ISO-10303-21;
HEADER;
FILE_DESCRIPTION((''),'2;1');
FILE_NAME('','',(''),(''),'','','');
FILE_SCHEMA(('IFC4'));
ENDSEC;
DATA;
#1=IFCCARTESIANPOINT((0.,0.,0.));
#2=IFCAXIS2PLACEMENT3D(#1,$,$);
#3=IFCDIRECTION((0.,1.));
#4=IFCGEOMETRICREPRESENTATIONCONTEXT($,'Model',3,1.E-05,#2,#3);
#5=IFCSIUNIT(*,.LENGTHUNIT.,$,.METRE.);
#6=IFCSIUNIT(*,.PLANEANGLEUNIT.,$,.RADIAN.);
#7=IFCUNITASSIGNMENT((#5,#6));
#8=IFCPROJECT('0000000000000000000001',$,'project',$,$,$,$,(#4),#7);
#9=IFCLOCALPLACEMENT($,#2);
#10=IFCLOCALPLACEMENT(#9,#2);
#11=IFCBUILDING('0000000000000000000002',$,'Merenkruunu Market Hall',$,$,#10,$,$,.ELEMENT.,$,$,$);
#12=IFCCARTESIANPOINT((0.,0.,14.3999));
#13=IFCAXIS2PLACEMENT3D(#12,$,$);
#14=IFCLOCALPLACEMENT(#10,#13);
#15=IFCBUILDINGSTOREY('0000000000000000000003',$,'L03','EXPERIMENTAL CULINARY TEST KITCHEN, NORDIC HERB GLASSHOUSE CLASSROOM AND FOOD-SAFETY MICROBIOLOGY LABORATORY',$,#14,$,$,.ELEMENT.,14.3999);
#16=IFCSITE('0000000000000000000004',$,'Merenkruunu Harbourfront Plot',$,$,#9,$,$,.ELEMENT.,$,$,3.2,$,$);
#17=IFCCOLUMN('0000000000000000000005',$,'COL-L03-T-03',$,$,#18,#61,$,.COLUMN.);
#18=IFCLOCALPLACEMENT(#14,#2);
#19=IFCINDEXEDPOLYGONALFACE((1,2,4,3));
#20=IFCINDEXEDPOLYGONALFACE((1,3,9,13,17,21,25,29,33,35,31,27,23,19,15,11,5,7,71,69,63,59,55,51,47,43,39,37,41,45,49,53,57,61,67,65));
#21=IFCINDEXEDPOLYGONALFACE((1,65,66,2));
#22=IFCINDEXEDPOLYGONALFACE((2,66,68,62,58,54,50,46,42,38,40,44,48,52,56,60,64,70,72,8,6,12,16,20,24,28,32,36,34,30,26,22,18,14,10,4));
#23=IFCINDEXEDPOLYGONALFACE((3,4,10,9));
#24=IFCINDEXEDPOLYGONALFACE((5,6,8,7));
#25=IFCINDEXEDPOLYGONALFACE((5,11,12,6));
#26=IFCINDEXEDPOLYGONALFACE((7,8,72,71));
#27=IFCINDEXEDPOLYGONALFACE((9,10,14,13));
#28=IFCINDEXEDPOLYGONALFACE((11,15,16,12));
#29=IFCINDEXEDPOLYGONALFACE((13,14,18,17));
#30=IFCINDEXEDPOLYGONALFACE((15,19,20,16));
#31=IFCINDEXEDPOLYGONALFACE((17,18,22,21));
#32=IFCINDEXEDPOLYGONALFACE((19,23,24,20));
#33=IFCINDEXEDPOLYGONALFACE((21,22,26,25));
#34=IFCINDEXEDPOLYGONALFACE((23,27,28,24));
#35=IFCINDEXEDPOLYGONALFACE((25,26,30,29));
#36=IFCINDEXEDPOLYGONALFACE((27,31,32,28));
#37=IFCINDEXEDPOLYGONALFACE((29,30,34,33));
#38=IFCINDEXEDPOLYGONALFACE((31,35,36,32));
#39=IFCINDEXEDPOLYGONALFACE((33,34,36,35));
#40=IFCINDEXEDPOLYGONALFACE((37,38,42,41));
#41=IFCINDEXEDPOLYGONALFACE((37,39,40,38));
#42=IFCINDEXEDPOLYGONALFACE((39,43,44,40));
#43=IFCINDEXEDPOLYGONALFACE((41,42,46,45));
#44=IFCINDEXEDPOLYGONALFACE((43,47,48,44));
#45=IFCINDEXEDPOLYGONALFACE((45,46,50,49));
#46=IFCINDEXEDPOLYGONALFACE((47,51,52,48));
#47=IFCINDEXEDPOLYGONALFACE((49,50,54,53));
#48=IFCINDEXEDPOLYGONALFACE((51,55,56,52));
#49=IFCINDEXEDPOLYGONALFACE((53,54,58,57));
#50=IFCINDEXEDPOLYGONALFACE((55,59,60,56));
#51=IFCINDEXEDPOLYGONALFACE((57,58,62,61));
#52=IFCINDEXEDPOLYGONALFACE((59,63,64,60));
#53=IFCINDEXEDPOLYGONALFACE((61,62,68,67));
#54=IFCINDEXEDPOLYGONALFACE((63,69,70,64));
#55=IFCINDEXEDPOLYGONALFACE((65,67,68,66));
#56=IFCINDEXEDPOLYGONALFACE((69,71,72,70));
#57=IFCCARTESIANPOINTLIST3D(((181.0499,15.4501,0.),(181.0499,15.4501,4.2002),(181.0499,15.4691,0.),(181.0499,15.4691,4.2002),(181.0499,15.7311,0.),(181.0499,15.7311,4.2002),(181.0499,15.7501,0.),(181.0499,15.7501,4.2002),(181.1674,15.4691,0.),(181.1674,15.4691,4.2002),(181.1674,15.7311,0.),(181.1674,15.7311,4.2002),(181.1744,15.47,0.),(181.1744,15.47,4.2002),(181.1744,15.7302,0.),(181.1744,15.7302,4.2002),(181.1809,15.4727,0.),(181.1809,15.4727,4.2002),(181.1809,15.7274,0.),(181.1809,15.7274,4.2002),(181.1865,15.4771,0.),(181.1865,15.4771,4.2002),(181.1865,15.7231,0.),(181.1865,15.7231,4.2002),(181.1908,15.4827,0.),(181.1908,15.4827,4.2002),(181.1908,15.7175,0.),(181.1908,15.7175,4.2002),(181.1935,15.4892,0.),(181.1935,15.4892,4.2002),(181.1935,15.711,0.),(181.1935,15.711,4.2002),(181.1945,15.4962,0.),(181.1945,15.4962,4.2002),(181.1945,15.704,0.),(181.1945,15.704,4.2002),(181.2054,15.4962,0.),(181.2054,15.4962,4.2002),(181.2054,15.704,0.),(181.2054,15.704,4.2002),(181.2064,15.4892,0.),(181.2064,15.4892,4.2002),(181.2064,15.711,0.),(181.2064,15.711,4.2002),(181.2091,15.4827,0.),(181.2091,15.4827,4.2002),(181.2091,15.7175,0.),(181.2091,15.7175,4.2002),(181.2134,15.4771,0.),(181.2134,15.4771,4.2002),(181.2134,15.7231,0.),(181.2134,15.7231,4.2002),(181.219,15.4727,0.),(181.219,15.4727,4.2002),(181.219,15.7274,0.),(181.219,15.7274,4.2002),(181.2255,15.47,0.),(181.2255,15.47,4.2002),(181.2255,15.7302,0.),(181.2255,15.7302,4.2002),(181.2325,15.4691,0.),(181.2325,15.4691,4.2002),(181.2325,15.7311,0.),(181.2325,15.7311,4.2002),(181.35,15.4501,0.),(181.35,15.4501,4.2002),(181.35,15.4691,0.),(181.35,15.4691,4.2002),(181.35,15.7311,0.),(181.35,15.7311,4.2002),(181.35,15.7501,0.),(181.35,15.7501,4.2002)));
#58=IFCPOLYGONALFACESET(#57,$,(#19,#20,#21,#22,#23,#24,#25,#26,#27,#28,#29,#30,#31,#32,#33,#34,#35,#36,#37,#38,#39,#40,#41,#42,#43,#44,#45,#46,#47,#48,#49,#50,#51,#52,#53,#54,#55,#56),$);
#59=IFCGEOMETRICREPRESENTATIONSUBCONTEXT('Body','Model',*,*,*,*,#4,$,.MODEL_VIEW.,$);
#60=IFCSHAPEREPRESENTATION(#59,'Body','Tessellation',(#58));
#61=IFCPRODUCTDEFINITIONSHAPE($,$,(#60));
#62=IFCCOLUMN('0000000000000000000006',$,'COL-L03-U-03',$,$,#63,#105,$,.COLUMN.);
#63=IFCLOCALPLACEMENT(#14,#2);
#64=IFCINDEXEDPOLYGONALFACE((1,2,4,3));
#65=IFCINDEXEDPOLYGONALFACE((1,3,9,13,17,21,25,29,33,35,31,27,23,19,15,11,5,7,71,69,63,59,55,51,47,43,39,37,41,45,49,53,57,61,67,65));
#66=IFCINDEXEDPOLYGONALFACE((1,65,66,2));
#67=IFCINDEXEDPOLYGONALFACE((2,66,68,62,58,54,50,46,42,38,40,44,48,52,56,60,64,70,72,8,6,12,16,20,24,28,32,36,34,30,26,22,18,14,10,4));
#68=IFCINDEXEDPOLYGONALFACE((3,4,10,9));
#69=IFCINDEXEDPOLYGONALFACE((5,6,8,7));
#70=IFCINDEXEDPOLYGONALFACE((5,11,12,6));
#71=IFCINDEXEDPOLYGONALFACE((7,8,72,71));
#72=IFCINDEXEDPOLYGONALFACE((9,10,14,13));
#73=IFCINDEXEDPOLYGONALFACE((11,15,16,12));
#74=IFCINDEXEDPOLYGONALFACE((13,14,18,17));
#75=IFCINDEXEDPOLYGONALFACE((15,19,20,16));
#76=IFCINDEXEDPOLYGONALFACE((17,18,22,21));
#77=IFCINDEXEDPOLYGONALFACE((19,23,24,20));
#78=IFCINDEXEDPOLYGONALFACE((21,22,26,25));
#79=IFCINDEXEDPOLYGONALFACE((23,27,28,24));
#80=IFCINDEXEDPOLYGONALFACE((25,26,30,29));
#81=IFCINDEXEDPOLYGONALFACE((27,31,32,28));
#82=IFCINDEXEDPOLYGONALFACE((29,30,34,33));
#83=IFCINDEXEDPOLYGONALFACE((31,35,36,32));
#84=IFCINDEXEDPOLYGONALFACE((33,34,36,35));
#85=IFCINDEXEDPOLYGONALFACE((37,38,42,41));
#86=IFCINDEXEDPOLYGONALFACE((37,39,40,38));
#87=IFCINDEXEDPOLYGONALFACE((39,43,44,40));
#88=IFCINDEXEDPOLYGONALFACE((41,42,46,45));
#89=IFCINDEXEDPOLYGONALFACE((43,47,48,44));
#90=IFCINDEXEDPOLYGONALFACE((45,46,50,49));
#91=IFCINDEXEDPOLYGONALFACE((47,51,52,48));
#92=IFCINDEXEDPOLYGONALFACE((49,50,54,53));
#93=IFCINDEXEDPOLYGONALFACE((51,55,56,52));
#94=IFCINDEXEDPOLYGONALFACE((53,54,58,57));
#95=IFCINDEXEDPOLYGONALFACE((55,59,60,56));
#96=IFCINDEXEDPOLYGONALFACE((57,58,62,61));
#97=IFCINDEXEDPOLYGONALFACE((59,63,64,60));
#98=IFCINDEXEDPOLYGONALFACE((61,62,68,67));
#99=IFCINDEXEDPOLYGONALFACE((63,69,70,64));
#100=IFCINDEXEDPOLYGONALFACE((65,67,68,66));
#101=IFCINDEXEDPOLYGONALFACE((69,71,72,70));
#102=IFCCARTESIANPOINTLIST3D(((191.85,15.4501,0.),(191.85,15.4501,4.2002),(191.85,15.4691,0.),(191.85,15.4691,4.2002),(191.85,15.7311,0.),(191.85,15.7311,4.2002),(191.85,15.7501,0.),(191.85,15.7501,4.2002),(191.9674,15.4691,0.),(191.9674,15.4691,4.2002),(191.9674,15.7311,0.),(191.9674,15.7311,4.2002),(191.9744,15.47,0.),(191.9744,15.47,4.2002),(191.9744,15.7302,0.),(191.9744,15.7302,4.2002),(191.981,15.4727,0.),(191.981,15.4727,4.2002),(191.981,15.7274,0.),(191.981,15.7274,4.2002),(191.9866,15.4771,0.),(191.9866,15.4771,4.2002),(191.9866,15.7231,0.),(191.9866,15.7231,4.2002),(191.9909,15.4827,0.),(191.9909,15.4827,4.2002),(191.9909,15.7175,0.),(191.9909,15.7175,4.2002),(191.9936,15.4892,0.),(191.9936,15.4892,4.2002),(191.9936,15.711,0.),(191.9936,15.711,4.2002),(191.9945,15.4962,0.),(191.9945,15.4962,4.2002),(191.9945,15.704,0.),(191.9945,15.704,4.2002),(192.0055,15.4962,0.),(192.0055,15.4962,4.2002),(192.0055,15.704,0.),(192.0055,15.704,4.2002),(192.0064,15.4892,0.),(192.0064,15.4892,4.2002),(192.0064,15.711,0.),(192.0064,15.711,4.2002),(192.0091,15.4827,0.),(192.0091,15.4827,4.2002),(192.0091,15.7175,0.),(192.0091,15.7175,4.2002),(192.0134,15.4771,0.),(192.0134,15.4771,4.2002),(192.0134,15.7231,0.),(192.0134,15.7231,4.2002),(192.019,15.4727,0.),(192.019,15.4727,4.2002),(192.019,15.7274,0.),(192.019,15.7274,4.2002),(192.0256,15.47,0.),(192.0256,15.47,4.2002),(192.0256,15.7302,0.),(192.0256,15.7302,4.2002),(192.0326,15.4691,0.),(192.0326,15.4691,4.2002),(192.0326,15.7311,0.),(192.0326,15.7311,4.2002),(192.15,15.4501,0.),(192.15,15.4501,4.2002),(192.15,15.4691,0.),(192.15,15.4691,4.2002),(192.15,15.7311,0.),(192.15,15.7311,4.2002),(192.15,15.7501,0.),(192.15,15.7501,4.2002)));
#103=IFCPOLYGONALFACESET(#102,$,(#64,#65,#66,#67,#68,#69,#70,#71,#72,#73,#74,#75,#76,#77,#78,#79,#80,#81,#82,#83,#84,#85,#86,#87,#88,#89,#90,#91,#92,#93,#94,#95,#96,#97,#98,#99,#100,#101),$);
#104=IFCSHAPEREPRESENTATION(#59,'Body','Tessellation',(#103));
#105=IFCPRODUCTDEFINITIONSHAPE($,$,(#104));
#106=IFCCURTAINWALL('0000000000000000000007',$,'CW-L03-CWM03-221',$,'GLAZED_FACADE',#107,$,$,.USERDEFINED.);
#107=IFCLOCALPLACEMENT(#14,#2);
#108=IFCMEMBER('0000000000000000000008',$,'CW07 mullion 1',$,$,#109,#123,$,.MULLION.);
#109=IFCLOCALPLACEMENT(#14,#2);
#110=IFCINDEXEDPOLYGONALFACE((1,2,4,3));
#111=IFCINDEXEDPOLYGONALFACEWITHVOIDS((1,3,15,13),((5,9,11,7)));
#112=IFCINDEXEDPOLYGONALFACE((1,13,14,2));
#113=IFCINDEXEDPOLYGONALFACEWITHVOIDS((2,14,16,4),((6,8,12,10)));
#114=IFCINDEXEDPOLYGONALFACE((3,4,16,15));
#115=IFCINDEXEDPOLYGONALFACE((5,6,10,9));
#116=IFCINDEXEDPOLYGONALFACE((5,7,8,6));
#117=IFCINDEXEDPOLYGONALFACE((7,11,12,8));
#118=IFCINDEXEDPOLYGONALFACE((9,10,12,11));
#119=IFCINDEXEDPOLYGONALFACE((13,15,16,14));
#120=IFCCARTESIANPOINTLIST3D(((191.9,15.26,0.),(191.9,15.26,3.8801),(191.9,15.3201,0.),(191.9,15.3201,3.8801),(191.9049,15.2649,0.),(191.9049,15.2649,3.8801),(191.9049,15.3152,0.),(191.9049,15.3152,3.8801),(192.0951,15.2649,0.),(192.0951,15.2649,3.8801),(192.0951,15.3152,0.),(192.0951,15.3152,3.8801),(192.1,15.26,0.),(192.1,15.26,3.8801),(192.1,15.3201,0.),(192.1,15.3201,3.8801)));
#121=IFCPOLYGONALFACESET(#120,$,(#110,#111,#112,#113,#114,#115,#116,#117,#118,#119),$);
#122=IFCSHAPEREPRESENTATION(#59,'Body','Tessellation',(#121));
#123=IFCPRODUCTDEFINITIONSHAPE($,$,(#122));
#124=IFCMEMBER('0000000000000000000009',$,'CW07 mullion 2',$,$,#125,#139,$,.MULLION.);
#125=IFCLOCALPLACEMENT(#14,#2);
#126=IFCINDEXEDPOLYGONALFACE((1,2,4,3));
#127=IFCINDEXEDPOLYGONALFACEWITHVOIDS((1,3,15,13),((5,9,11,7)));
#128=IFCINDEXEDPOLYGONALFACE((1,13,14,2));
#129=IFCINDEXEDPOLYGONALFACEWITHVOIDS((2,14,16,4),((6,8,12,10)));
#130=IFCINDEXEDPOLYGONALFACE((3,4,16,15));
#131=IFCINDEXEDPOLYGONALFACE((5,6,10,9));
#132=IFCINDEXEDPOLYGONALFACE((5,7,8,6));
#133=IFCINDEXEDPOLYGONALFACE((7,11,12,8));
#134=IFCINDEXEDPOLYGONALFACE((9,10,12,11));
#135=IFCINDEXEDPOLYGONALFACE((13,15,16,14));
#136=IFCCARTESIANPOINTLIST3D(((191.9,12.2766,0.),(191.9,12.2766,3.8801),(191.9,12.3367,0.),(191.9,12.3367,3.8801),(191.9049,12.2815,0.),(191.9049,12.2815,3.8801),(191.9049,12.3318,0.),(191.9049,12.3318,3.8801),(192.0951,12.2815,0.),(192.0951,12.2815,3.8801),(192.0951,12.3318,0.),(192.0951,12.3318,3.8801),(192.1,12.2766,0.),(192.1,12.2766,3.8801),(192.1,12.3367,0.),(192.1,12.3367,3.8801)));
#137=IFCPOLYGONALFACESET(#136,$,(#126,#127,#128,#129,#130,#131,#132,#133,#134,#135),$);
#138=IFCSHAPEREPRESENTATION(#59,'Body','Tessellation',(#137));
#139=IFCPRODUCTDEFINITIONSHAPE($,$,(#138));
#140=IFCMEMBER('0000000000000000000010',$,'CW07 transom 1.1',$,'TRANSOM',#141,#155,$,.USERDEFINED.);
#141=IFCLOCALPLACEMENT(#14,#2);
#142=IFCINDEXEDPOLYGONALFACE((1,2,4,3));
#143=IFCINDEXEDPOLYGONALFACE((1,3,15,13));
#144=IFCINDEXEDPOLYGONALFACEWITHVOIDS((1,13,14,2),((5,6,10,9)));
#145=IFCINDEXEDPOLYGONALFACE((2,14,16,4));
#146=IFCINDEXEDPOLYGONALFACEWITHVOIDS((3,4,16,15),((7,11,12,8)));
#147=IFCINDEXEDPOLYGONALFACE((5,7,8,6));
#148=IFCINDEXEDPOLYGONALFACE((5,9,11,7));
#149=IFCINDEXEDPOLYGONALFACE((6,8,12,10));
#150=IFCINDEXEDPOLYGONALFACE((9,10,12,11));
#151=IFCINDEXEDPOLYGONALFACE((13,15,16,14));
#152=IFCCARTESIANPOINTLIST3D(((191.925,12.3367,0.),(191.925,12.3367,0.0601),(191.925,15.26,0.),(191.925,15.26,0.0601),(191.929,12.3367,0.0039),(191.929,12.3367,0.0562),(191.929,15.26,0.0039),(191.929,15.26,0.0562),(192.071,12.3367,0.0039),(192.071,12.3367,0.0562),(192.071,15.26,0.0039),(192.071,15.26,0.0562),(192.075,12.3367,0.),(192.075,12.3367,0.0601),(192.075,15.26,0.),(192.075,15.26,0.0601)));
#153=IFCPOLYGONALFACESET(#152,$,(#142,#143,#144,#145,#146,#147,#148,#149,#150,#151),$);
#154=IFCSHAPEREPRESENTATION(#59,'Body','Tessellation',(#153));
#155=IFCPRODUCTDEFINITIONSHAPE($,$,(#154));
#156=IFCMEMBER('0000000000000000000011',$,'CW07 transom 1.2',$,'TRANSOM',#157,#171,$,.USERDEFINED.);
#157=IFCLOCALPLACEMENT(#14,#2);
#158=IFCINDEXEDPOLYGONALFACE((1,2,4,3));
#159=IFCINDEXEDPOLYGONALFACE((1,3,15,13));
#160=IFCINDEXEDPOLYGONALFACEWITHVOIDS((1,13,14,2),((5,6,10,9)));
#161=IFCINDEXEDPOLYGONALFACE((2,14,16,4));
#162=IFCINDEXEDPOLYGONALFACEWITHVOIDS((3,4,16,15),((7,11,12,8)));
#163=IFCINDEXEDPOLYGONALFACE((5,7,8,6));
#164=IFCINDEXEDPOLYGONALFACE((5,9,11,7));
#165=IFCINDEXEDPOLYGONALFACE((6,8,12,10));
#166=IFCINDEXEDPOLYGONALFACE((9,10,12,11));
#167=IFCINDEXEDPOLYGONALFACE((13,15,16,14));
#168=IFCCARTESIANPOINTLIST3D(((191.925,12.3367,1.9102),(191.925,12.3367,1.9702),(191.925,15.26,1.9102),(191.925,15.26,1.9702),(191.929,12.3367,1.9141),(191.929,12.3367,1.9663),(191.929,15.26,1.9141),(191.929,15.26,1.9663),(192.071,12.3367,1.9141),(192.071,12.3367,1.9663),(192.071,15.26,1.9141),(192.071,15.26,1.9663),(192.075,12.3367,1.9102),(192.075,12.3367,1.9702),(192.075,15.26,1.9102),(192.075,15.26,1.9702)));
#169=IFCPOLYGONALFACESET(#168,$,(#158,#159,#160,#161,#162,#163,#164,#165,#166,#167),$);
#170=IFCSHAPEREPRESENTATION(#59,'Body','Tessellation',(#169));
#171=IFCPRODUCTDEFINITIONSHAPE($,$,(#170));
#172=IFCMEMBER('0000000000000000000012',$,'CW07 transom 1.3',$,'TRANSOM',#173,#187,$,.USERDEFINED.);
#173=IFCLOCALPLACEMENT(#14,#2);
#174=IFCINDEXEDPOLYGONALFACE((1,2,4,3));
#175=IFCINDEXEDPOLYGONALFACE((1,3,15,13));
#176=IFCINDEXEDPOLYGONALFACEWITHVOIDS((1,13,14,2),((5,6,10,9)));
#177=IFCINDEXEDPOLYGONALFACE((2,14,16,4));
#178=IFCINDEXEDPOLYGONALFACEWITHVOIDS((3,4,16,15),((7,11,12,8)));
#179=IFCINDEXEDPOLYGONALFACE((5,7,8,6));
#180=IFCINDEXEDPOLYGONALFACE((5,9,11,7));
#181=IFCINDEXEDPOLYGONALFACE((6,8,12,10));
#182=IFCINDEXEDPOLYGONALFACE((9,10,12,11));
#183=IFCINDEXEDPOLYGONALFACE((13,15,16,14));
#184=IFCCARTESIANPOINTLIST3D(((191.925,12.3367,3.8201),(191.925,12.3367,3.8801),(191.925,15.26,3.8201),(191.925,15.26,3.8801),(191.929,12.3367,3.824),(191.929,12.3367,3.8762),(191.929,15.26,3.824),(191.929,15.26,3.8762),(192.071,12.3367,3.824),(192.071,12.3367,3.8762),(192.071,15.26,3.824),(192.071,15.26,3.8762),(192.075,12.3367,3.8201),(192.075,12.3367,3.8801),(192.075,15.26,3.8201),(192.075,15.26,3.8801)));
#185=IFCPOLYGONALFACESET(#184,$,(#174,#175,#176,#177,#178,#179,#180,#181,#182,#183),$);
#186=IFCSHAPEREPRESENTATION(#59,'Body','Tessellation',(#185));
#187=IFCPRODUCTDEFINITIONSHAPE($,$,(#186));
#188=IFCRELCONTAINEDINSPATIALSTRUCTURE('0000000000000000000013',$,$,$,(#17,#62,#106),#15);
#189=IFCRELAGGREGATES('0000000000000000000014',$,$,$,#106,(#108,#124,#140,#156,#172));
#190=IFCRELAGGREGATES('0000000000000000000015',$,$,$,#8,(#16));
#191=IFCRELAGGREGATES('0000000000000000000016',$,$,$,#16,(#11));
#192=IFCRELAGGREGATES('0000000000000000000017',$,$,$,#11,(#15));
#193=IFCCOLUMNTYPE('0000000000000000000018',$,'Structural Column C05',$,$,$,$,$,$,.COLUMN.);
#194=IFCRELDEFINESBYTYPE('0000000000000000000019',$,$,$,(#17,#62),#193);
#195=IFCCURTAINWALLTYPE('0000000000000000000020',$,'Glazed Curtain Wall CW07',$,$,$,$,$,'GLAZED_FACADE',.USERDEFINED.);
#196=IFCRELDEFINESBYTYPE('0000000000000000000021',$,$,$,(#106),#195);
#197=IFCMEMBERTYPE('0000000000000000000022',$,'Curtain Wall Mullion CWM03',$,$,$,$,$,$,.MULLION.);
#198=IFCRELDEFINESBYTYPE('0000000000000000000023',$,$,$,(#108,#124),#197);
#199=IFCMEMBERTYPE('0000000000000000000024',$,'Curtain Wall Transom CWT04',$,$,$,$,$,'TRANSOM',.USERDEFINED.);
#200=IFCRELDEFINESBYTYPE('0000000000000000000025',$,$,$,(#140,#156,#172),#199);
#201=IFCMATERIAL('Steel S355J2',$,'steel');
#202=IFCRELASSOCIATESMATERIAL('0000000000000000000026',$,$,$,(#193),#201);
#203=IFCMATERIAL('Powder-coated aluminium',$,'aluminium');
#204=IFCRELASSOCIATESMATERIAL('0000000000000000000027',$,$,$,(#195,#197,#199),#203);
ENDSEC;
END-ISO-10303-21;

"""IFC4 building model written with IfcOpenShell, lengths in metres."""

from ifc_helpers import new_model, si_unit, direction, frame, origin, origin_2d, place, context, subcontext, project, spatial, hollow_rectangle, i_section, extrude, material, material_profile, profile_set, type_object, element, aggregate, save


model = new_model("IFC4")

# Units and contexts
model_context = context("Model", 3, precision=1e-05, world=origin(), true_north=direction((0.0, 1.0)))
body_context = subcontext(model_context, "Body", "Model", "MODEL_VIEW")
ifc_project = project(units=[si_unit("LENGTHUNIT", "METRE"), si_unit("PLANEANGLEUNIT", "RADIAN")], contexts=[model_context])

# Site, building, storey
site_placement = place(None, origin())
site = spatial("IfcSite", under=ifc_project, at=site_placement, Name="Merenkruunu Harbourfront Plot", CompositionType="ELEMENT", RefElevation=3.2)
building_placement = place(site_placement, origin())
building = spatial("IfcBuilding", under=site, at=building_placement, Name="Merenkruunu Market Hall", CompositionType="ELEMENT")
storey_placement = place(building_placement, frame((0.0, 0.0, 14.3999)))
storey = spatial("IfcBuildingStorey", under=building, at=storey_placement, Name="L03", Description="EXPERIMENTAL CULINARY TEST KITCHEN, NORDIC HERB GLASSHOUSE CLASSROOM AND FOOD-SAFETY MICROBIOLOGY LABORATORY", CompositionType="ELEMENT", Elevation=14.3999)

# Columns
ifc_material_1 = material(Name="Steel S355J2", Category="steel")
ifc_material_profile_1 = material_profile(ifc_material_1, i_section(OverallWidth=0.3, OverallDepth=0.3, WebThickness=0.011, FlangeThickness=0.019, FilletRadius=0.0271, at=origin_2d()), Name="HEB 300")
ifc_profile_set_1 = profile_set([ifc_material_profile_1], Name="Steel S355J2")
column_type = type_object("IfcColumnType", Name="Structural Column C05", PredefinedType="COLUMN", material=ifc_profile_set_1)
for number, where, z_axis, x_axis, name in (
    (1, (181.2, 15.6001, 0.0), (0.0, 0.0, 1.0), (1.0, 0.0, 0.0), "COL-L03-T-03"),
    (2, (192.0, 15.6001, 0.0), (0.0, 0.0, 1.0), (1.0, 0.0, 0.0), "COL-L03-U-03"),
):
    element("IfcColumn", number, at=place(storey_placement, frame(where, z_axis=z_axis, x_axis=x_axis)), inside=storey, type_object=column_type, Name=name, PredefinedType="COLUMN", context=body_context, shape_type="SweptSolid", body=[
        extrude(i_section(OverallWidth=0.3, OverallDepth=0.3, WebThickness=0.011, FlangeThickness=0.019, FilletRadius=0.0271, at=origin_2d()), origin(), (0.0, 0.0, 1.0), 4.2002),
    ])

# Curtain wall, members
ifc_material_2 = material(Name="Powder-coated aluminium", Category="aluminium")
curtain_wall_type = type_object("IfcCurtainWallType", Name="Glazed Curtain Wall CW07", ElementType="GLAZED_FACADE", PredefinedType="USERDEFINED", material=ifc_material_2)
curtain_wall_placement = place(storey_placement, origin())
curtain_wall = element("IfcCurtainWall", 3, at=curtain_wall_placement, inside=storey, type_object=curtain_wall_type, Name="CW-L03-CWM03-221", ObjectType="GLAZED_FACADE", PredefinedType="USERDEFINED")
ifc_material_profile_2 = material_profile(ifc_material_2, hollow_rectangle(XDim=0.0601, YDim=0.2, WallThickness=0.0049, at=origin_2d()), Name="ALU 60x200x5")
ifc_profile_set_2 = profile_set([ifc_material_profile_2], Name="Powder-coated aluminium")
member_type_1 = type_object("IfcMemberType", Name="Curtain Wall Mullion CWM03", PredefinedType="MULLION", material=ifc_profile_set_2)
member_1_placement = place(storey_placement, frame((192.0, 15.29, 0.0), z_axis=(0.0, 0.0, 1.0), x_axis=(0.0, -1.0, 0.0)))
member_1 = element("IfcMember", 4, at=member_1_placement, type_object=member_type_1, Name="CW07 mullion 1", PredefinedType="MULLION", context=body_context, shape_type="SweptSolid", body=[
    extrude(hollow_rectangle(XDim=0.0601, YDim=0.2, WallThickness=0.0049, at=origin_2d()), origin(), (0.0, 0.0, 1.0), 3.8801),
])
member_2_placement = place(storey_placement, frame((192.0, 12.3066, 0.0), z_axis=(0.0, 0.0, 1.0), x_axis=(0.0, -1.0, 0.0)))
member_2 = element("IfcMember", 5, at=member_2_placement, type_object=member_type_1, Name="CW07 mullion 2", PredefinedType="MULLION", context=body_context, shape_type="SweptSolid", body=[
    extrude(hollow_rectangle(XDim=0.0601, YDim=0.2, WallThickness=0.0049, at=origin_2d()), origin(), (0.0, 0.0, 1.0), 3.8801),
])
ifc_material_profile_3 = material_profile(ifc_material_2, hollow_rectangle(XDim=0.0601, YDim=0.1499, WallThickness=0.0039, at=origin_2d()), Name="ALU 60x150x4")
ifc_profile_set_3 = profile_set([ifc_material_profile_3], Name="Powder-coated aluminium")
member_type_2 = type_object("IfcMemberType", Name="Curtain Wall Transom CWT04", ElementType="TRANSOM", PredefinedType="USERDEFINED", material=ifc_profile_set_3)
member_3_placement = place(storey_placement, frame((192.0, 15.26, 0.03), z_axis=(0.0, -1.0, 0.0), x_axis=(0.0, 0.0, 1.0)))
member_3 = element("IfcMember", 6, at=member_3_placement, type_object=member_type_2, Name="CW07 transom 1.1", ObjectType="TRANSOM", PredefinedType="USERDEFINED", context=body_context, shape_type="SweptSolid", body=[
    extrude(hollow_rectangle(XDim=0.0601, YDim=0.1499, WallThickness=0.0039, at=origin_2d()), origin(), (0.0, 0.0, 1.0), 2.9233),
])
member_4_placement = place(storey_placement, frame((192.0, 15.26, 1.9402), z_axis=(0.0, -1.0, 0.0), x_axis=(0.0, 0.0, 1.0)))
member_4 = element("IfcMember", 7, at=member_4_placement, type_object=member_type_2, Name="CW07 transom 1.2", ObjectType="TRANSOM", PredefinedType="USERDEFINED", context=body_context, shape_type="SweptSolid", body=[
    extrude(hollow_rectangle(XDim=0.0601, YDim=0.1499, WallThickness=0.0039, at=origin_2d()), origin(), (0.0, 0.0, 1.0), 2.9233),
])
member_5_placement = place(storey_placement, frame((192.0, 15.26, 3.8501), z_axis=(0.0, -1.0, 0.0), x_axis=(0.0, 0.0, 1.0)))
member_5 = element("IfcMember", 8, at=member_5_placement, type_object=member_type_2, Name="CW07 transom 1.3", ObjectType="TRANSOM", PredefinedType="USERDEFINED", context=body_context, shape_type="SweptSolid", body=[
    extrude(hollow_rectangle(XDim=0.0601, YDim=0.1499, WallThickness=0.0039, at=origin_2d()), origin(), (0.0, 0.0, 1.0), 2.9233),
])

aggregate(curtain_wall, [member_1, member_2, member_3, member_4, member_5])

save(model, "model.ifc")
